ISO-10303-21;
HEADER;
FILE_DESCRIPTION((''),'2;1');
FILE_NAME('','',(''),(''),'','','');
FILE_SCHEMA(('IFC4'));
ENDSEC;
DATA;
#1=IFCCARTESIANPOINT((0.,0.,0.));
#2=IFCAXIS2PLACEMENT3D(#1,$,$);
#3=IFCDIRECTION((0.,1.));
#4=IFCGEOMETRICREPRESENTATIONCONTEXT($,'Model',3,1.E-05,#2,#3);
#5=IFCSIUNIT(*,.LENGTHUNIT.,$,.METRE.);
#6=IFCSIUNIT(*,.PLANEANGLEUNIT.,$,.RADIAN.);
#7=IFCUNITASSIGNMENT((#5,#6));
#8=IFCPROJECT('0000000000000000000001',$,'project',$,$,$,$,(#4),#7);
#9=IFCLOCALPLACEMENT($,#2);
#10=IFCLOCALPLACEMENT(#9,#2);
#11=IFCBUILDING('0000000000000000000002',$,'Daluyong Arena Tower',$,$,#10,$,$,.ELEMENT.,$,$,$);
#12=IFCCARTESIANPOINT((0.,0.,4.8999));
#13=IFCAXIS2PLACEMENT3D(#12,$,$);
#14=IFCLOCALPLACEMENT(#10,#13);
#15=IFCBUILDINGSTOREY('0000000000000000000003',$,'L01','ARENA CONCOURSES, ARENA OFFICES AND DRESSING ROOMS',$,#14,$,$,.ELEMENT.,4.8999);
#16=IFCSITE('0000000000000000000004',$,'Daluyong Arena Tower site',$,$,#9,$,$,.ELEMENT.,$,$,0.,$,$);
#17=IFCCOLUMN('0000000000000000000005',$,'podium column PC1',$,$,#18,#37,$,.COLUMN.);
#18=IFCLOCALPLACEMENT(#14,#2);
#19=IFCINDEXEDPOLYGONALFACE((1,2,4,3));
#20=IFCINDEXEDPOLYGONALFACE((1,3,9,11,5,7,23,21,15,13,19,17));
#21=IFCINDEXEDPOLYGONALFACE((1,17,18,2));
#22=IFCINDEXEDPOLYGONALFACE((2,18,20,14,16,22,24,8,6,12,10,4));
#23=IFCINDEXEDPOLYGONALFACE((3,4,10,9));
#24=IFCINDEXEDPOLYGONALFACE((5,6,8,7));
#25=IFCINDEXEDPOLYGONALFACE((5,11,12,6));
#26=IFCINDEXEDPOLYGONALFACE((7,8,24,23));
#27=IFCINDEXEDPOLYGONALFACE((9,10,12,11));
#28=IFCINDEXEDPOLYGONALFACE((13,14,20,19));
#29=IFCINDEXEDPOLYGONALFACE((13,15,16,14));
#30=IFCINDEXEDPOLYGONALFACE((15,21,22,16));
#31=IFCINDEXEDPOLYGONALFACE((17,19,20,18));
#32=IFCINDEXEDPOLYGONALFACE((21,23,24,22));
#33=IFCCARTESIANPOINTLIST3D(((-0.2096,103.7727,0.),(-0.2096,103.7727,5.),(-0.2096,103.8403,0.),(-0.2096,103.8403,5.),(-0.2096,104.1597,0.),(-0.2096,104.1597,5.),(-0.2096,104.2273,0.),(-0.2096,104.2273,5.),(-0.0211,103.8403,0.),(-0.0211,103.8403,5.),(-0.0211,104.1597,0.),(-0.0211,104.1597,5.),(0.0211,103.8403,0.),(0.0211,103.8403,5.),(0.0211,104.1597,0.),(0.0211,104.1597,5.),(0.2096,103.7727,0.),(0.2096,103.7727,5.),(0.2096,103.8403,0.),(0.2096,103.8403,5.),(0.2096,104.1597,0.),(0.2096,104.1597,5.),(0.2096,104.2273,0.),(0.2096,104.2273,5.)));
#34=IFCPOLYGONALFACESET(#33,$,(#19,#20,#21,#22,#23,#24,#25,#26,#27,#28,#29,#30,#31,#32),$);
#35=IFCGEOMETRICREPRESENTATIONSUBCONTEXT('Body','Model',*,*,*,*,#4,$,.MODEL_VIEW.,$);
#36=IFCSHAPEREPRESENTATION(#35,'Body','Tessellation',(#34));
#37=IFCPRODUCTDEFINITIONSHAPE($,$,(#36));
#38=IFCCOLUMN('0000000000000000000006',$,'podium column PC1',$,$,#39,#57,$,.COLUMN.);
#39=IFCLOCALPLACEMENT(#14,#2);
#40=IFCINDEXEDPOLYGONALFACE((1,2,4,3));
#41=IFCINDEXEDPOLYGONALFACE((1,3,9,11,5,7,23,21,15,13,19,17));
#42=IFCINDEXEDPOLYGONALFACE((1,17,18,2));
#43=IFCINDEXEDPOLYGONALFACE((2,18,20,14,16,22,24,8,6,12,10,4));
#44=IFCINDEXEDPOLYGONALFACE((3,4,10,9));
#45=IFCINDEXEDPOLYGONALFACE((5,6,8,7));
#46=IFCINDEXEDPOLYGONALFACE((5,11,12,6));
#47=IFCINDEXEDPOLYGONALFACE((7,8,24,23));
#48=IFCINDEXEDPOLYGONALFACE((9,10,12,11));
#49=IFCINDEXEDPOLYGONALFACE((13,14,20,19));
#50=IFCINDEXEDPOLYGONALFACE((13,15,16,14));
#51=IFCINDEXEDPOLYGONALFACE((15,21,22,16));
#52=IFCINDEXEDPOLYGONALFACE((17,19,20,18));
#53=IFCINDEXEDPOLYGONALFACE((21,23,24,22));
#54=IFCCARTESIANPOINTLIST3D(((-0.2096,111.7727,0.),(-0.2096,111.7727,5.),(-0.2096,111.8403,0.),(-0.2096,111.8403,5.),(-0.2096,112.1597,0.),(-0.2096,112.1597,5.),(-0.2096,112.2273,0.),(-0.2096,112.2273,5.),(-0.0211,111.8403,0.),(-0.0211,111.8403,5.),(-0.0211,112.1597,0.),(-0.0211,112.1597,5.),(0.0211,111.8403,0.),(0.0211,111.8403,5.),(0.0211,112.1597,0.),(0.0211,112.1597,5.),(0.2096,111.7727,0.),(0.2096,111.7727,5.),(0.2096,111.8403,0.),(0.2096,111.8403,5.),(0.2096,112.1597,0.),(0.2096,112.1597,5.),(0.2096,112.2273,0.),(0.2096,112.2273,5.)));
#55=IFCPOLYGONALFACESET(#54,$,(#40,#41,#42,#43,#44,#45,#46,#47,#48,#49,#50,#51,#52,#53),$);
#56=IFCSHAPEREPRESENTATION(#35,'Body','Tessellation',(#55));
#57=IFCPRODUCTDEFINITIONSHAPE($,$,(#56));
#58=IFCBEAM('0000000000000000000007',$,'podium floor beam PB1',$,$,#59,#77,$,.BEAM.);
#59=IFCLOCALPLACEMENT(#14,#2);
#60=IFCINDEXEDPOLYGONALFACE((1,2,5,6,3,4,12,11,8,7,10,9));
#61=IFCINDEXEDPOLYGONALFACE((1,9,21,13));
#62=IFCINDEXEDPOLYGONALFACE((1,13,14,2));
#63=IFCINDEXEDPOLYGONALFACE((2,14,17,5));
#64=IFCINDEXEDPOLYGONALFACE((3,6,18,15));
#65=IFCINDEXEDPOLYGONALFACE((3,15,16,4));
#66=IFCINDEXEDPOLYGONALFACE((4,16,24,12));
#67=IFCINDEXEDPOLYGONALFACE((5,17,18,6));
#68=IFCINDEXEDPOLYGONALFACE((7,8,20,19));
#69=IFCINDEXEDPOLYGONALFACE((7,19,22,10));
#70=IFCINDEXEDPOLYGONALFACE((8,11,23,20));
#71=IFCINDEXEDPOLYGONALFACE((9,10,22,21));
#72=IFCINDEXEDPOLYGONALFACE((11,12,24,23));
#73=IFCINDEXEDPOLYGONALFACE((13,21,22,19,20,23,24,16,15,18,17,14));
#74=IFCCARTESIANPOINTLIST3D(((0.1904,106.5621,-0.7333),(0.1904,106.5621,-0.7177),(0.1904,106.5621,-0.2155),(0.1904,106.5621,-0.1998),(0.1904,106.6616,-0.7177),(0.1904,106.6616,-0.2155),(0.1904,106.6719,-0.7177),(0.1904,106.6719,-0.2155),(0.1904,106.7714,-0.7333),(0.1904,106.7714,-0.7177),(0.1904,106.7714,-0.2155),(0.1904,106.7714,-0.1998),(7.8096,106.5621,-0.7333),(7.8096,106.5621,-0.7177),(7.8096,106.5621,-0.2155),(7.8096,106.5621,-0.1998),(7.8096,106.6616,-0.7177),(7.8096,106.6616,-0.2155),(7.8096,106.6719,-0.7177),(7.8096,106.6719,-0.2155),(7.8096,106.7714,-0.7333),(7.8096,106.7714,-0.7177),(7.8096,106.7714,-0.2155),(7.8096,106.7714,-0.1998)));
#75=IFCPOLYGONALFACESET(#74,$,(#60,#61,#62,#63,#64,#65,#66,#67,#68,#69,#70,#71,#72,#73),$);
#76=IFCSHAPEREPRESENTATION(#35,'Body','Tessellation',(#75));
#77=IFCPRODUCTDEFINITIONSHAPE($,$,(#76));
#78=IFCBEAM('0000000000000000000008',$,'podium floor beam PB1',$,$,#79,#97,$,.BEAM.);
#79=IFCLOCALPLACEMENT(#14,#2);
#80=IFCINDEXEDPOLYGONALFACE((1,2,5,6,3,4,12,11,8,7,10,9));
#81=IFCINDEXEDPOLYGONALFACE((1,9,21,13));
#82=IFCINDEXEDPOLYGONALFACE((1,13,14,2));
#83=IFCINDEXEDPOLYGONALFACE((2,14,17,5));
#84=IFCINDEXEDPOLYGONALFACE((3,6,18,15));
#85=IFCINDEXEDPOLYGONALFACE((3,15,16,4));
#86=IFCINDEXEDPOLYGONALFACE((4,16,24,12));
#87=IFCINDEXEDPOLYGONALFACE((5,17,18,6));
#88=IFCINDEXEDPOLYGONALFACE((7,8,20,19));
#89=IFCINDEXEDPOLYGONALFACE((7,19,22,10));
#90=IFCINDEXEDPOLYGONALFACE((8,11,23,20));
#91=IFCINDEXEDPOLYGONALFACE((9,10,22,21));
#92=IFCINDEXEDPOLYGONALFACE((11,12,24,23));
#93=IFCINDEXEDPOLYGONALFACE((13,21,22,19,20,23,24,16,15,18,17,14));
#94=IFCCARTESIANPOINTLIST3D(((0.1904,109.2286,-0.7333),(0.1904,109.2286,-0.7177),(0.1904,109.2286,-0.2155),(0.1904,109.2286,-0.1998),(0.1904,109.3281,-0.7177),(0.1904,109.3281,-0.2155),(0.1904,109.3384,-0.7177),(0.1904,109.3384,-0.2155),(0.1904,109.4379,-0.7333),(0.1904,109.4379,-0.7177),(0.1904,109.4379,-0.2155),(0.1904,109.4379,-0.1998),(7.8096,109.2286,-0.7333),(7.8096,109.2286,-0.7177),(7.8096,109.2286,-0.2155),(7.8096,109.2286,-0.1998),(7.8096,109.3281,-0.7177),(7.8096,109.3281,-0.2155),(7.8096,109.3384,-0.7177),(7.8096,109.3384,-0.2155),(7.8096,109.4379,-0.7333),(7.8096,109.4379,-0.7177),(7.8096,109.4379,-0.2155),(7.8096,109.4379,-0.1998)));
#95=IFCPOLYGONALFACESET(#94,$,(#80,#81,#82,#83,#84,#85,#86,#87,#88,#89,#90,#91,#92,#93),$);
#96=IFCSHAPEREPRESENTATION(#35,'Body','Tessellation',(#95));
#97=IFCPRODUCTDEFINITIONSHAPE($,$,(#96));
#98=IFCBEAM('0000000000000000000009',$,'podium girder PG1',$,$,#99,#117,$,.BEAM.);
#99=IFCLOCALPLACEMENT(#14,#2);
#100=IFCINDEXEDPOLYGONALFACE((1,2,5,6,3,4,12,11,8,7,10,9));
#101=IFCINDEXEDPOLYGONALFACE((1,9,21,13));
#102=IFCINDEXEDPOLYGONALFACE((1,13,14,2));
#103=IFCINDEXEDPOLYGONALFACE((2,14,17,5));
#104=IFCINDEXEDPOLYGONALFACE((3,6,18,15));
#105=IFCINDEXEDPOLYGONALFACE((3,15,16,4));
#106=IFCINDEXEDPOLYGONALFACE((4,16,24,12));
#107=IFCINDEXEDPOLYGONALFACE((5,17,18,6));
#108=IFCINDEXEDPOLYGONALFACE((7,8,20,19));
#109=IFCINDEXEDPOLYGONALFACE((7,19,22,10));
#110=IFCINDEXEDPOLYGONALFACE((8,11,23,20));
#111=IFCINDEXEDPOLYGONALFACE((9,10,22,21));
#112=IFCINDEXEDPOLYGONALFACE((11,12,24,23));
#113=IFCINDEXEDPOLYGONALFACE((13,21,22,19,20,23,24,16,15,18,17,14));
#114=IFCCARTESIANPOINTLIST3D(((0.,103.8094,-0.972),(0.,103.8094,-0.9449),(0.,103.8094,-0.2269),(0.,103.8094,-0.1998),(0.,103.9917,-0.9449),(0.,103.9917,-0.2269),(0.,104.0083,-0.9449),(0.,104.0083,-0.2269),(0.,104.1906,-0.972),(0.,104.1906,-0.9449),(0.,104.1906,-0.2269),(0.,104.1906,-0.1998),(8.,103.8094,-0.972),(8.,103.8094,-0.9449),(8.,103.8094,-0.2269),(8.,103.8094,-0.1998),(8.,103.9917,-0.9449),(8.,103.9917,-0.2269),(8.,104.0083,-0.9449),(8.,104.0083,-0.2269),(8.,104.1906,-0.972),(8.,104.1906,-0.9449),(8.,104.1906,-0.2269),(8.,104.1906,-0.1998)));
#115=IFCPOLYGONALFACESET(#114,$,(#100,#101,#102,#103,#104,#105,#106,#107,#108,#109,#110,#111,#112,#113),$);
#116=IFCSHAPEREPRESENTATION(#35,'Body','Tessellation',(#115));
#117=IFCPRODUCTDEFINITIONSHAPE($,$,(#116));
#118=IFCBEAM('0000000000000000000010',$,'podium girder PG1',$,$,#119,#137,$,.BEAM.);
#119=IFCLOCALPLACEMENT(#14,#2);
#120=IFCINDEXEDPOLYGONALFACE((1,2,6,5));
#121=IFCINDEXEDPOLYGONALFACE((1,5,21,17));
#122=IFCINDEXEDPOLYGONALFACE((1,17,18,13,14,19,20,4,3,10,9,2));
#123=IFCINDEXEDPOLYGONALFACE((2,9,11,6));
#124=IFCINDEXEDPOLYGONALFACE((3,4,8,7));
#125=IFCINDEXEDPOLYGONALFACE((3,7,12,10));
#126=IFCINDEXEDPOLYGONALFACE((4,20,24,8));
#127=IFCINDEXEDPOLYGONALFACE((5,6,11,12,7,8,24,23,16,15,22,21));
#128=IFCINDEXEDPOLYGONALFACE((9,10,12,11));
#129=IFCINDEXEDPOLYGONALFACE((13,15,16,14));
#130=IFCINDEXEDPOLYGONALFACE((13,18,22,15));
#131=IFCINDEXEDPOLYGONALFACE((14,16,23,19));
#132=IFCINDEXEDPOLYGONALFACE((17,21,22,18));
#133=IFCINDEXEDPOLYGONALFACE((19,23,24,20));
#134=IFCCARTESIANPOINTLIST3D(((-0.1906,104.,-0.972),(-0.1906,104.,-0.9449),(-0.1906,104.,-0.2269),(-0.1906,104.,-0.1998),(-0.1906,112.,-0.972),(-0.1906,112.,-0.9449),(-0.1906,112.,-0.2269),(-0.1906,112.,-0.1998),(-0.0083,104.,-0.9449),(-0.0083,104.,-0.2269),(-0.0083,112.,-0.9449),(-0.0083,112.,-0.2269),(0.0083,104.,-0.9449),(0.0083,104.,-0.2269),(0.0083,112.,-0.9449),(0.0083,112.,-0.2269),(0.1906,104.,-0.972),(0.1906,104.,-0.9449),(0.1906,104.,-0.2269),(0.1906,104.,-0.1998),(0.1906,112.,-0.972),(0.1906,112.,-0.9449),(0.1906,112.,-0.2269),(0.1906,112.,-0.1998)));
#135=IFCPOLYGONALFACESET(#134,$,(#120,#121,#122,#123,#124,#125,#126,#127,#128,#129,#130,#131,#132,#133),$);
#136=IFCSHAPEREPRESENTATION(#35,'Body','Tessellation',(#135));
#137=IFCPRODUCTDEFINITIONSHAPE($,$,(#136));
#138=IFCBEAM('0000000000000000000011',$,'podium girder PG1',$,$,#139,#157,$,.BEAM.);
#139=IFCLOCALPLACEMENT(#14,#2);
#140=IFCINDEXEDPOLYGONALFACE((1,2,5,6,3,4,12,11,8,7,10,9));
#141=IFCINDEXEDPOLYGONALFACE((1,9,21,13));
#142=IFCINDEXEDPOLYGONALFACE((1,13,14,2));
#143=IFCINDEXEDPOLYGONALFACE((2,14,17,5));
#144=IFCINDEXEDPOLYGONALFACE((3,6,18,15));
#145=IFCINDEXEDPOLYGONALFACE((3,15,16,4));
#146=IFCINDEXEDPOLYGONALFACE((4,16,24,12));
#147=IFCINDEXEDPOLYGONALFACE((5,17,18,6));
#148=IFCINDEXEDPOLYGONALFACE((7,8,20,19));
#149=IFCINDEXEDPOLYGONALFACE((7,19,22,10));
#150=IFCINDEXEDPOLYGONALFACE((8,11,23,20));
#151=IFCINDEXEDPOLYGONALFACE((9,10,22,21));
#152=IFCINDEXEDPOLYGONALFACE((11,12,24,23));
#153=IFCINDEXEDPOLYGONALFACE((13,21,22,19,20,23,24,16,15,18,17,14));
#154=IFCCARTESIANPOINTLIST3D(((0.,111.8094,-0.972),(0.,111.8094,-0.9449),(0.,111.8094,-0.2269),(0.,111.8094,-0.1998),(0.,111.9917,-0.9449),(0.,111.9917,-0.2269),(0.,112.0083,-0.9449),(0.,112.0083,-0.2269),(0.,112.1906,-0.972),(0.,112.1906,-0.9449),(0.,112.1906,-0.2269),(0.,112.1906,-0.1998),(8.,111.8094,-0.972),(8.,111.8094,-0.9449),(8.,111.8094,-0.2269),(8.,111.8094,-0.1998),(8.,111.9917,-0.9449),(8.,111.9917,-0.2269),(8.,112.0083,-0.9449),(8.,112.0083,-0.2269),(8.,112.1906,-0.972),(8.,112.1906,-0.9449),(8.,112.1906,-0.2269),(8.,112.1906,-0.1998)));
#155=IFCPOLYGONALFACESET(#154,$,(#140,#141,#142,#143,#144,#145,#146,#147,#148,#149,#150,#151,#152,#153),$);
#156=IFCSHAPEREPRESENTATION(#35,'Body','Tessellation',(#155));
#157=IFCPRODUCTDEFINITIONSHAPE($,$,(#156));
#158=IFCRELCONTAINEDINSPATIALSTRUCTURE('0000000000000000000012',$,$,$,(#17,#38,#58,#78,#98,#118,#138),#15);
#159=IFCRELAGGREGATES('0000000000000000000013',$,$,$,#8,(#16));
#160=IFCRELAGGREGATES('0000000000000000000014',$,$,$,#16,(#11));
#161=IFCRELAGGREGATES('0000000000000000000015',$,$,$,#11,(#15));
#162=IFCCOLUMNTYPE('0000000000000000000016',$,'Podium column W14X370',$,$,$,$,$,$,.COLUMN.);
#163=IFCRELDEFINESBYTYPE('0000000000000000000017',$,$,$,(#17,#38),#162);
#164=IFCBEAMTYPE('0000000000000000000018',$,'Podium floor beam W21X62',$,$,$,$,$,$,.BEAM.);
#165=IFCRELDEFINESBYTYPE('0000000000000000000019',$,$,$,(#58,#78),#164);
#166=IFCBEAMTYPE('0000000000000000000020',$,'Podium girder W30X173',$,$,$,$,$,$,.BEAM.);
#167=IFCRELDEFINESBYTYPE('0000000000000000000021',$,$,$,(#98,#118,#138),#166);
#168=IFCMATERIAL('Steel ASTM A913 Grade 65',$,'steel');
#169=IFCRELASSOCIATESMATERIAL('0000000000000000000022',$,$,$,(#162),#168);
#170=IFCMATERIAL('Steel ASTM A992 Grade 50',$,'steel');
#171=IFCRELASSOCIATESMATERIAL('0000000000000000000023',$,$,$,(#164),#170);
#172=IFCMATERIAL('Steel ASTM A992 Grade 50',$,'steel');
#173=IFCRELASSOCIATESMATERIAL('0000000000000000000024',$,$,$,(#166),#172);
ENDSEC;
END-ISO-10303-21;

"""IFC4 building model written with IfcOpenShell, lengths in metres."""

from ifc_helpers import new_model, si_unit, direction, frame, origin, origin_2d, place, context, subcontext, project, spatial, i_section, extrude, material, material_profile, profile_set, type_object, element, save


model = new_model("IFC4")

# Units and contexts
model_context = context("Model", 3, precision=1e-05, world=origin(), true_north=direction((0.0, 1.0)))
body_context = subcontext(model_context, "Body", "Model", "MODEL_VIEW")
ifc_project = project(units=[si_unit("LENGTHUNIT", "METRE"), si_unit("PLANEANGLEUNIT", "RADIAN")], contexts=[model_context])

# Site, building, storey
site_placement = place(None, origin())
site = spatial("IfcSite", under=ifc_project, at=site_placement, Name="Daluyong Arena Tower site", CompositionType="ELEMENT", RefElevation=0.0)
building_placement = place(site_placement, origin())
building = spatial("IfcBuilding", under=site, at=building_placement, Name="Daluyong Arena Tower", CompositionType="ELEMENT")
storey_placement = place(building_placement, frame((0.0, 0.0, 4.8999)))
storey = spatial("IfcBuildingStorey", under=building, at=storey_placement, Name="L01", Description="ARENA CONCOURSES, ARENA OFFICES AND DRESSING ROOMS", CompositionType="ELEMENT", Elevation=4.8999)

# Columns
ifc_material_1 = material(Name="Steel ASTM A913 Grade 65", Category="steel")
ifc_material_profile_1 = material_profile(ifc_material_1, i_section(OverallWidth=0.4192, OverallDepth=0.4546, WebThickness=0.0422, FlangeThickness=0.0676, at=origin_2d()))
ifc_profile_set_1 = profile_set([ifc_material_profile_1], Name="Steel ASTM A913 Grade 65")
column_type = type_object("IfcColumnType", Name="Podium column W14X370", PredefinedType="COLUMN", material=ifc_profile_set_1)
for number, where, z_axis, x_axis, name in (
    (1, (0.0, 104.0, 0.0), (0.0, 0.0, 1.0), (1.0, 0.0, 0.0), "podium column PC1"),
    (2, (0.0, 112.0, 0.0), (0.0, 0.0, 1.0), (1.0, 0.0, 0.0), "podium column PC1"),
):
    element("IfcColumn", number, at=place(storey_placement, frame(where, z_axis=z_axis, x_axis=x_axis)), inside=storey, type_object=column_type, Name=name, PredefinedType="COLUMN", context=body_context, shape_type="SweptSolid", body=[
        extrude(i_section(OverallWidth=0.4192, OverallDepth=0.4546, WebThickness=0.0422, FlangeThickness=0.0676, at=origin_2d()), origin(), (0.0, 0.0, 1.0), 5.0),
    ])

# Beams
ifc_material_2 = material(Name="Steel ASTM A992 Grade 50", Category="steel")
ifc_material_profile_2 = material_profile(ifc_material_2, i_section(OverallWidth=0.2092, OverallDepth=0.5334, WebThickness=0.0103, FlangeThickness=0.0156, at=origin_2d()))
ifc_profile_set_2 = profile_set([ifc_material_profile_2], Name="Steel ASTM A992 Grade 50")
beam_type_1 = type_object("IfcBeamType", Name="Podium floor beam W21X62", PredefinedType="BEAM", material=ifc_profile_set_2)
for number, where, z_axis, x_axis, name in (
    (3, (0.1904, 106.6667, -0.4666), (1.0, 0.0, 0.0), (0.0, 1.0, 0.0), "podium floor beam PB1"),
    (4, (0.1904, 109.3333, -0.4666), (1.0, 0.0, 0.0), (0.0, 1.0, 0.0), "podium floor beam PB1"),
):
    element("IfcBeam", number, at=place(storey_placement, frame(where, z_axis=z_axis, x_axis=x_axis)), inside=storey, type_object=beam_type_1, Name=name, PredefinedType="BEAM", context=body_context, shape_type="SweptSolid", body=[
        extrude(i_section(OverallWidth=0.2092, OverallDepth=0.5334, WebThickness=0.0103, FlangeThickness=0.0156, at=origin_2d()), origin(), (0.0, 0.0, 1.0), 7.6191),
    ])
ifc_material_3 = material(Name="Steel ASTM A992 Grade 50", Category="steel")
ifc_material_profile_3 = material_profile(ifc_material_3, i_section(OverallWidth=0.3811, OverallDepth=0.7722, WebThickness=0.0166, FlangeThickness=0.0271, at=origin_2d()))
ifc_profile_set_3 = profile_set([ifc_material_profile_3], Name="Steel ASTM A992 Grade 50")
beam_type_2 = type_object("IfcBeamType", Name="Podium girder W30X173", PredefinedType="BEAM", material=ifc_profile_set_3)
for number, where, z_axis, x_axis, name in (
    (5, (0.0, 104.0, -0.5859), (1.0, 0.0, 0.0), (0.0, 1.0, 0.0), "podium girder PG1"),
    (6, (0.0, 104.0, -0.5859), (0.0, 1.0, 0.0), (-1.0, 0.0, 0.0), "podium girder PG1"),
    (7, (0.0, 112.0, -0.5859), (1.0, 0.0, 0.0), (0.0, 1.0, 0.0), "podium girder PG1"),
):
    element("IfcBeam", number, at=place(storey_placement, frame(where, z_axis=z_axis, x_axis=x_axis)), inside=storey, type_object=beam_type_2, Name=name, PredefinedType="BEAM", context=body_context, shape_type="SweptSolid", body=[
        extrude(i_section(OverallWidth=0.3811, OverallDepth=0.7722, WebThickness=0.0166, FlangeThickness=0.0271, at=origin_2d()), origin(), (0.0, 0.0, 1.0), 8.0),
    ])

save(model, "model.ifc")
